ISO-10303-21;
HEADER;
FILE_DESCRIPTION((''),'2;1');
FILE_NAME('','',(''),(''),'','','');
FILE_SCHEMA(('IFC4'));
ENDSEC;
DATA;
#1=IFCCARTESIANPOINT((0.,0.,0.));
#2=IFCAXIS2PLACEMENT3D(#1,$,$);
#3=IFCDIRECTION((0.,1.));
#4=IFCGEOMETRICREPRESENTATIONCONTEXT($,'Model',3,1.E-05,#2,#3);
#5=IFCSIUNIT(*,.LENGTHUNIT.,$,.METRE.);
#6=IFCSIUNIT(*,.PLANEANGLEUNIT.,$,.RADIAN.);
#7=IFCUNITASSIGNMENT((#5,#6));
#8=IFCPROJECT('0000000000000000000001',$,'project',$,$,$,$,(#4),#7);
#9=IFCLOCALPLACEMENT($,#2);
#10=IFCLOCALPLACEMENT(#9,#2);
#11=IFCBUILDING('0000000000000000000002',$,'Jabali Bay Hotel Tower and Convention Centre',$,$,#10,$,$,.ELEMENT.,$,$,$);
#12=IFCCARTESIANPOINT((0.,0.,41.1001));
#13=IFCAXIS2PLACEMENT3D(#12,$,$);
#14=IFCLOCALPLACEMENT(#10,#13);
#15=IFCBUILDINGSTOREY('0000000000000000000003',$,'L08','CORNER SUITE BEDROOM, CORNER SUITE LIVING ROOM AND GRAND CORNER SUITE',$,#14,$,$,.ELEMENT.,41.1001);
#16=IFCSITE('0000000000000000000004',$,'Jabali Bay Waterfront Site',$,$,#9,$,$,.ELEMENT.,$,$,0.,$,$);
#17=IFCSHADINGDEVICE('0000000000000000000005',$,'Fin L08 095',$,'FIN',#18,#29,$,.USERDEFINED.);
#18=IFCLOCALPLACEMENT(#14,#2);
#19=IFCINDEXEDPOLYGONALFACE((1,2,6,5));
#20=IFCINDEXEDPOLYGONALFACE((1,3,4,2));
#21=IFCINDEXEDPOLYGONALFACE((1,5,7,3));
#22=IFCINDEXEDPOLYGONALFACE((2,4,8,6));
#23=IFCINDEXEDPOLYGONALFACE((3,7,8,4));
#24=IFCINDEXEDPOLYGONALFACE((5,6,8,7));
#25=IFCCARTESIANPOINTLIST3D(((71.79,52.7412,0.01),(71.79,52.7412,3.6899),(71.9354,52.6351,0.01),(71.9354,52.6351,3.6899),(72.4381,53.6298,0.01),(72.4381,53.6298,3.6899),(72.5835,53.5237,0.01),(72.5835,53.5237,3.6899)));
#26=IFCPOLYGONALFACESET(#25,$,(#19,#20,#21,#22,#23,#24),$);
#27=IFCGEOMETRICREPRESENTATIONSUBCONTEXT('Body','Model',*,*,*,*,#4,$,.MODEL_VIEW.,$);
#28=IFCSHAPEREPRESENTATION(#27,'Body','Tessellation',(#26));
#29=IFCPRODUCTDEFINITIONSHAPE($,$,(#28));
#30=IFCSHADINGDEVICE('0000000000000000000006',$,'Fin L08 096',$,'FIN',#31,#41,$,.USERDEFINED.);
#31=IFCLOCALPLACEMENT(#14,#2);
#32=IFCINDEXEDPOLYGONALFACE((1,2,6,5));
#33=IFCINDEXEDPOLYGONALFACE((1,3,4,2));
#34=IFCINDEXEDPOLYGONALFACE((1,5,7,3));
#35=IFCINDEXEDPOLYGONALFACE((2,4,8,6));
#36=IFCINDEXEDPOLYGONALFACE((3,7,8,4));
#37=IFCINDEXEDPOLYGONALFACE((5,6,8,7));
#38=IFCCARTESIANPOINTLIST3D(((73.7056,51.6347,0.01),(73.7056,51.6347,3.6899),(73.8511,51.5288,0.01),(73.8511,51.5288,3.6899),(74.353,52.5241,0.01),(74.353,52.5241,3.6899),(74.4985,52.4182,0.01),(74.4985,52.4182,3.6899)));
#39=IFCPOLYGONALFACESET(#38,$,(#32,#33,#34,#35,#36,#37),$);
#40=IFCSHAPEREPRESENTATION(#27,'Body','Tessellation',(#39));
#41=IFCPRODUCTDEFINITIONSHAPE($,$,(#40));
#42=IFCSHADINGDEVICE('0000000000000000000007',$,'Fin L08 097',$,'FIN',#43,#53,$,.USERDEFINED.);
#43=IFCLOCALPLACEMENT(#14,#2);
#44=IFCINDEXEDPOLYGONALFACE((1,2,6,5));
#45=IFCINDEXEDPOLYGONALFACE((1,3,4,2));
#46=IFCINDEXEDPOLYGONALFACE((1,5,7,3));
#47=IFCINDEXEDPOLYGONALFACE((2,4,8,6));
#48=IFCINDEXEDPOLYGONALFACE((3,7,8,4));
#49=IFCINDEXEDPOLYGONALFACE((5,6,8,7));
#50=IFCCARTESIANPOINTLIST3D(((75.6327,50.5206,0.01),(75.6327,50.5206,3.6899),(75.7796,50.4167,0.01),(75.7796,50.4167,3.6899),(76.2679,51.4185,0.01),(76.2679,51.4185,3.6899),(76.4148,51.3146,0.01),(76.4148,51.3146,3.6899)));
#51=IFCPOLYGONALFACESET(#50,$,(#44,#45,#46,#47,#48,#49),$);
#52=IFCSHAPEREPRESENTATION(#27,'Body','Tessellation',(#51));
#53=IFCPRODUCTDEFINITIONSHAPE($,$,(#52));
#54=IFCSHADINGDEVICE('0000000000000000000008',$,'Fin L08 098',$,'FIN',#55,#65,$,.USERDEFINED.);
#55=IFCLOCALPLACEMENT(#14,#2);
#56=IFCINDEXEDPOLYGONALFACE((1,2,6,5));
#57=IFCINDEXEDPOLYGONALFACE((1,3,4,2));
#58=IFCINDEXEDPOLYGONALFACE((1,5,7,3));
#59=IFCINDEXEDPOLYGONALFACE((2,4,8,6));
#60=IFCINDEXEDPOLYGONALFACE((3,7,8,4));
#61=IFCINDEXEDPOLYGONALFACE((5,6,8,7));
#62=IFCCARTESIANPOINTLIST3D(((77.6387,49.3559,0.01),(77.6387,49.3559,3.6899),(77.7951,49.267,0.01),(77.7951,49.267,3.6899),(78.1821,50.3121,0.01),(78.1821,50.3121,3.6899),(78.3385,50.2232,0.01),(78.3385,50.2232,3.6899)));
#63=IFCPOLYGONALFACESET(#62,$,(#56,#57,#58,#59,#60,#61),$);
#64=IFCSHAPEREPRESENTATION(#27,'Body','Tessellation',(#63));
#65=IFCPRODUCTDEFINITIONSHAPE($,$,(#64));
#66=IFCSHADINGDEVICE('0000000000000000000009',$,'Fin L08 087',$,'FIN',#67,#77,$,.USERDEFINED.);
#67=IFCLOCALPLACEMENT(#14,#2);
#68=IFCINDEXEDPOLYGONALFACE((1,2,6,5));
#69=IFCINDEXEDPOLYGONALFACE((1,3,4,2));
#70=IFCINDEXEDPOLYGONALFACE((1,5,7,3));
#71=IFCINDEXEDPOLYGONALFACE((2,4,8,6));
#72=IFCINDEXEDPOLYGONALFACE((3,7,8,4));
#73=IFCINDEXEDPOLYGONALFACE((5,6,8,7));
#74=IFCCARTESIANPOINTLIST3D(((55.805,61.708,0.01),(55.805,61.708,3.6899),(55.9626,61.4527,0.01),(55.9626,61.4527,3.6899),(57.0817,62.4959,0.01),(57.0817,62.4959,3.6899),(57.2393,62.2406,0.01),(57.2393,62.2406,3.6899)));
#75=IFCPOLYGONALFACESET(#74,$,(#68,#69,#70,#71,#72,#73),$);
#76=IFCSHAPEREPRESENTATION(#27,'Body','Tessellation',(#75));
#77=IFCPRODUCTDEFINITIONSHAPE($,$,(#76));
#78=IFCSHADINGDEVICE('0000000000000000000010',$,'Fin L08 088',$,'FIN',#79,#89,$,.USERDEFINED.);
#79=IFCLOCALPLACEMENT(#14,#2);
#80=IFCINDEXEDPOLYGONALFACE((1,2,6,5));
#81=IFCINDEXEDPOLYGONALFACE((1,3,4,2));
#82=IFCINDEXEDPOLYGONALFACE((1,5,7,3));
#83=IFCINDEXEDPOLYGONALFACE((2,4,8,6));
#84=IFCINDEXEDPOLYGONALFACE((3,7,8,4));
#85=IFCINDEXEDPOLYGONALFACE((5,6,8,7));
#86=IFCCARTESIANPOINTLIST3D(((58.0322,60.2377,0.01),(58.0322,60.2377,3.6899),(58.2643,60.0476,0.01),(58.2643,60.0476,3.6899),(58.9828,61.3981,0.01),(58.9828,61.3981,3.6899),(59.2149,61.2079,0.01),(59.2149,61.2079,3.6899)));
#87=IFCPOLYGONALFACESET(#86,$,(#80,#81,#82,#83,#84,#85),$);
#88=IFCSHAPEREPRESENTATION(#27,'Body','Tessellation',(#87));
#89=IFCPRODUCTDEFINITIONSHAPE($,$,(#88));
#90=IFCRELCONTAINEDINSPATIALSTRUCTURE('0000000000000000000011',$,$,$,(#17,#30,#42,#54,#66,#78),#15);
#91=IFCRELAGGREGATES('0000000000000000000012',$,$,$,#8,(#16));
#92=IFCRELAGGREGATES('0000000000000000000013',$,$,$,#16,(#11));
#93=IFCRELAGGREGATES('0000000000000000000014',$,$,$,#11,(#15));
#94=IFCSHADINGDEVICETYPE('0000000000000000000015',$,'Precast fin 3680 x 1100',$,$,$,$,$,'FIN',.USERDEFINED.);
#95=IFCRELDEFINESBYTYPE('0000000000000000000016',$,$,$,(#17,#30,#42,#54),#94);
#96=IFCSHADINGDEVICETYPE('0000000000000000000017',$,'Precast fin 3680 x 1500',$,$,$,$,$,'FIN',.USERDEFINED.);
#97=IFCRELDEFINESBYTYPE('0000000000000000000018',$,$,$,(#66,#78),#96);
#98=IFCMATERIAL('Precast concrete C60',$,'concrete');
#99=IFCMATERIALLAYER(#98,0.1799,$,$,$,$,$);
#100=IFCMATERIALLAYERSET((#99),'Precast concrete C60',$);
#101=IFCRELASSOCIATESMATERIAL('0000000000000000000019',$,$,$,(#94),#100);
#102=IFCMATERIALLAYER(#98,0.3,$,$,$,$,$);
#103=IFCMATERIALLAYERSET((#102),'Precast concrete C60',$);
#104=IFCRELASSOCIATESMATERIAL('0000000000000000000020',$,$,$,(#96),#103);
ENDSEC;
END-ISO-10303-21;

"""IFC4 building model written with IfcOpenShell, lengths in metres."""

from ifc_helpers import new_model, si_unit, direction, frame, frame_2d, origin, place, context, subcontext, project, spatial, rectangle, extrude, material, layer, layer_set, type_object, element, save


model = new_model("IFC4")

# Units and contexts
model_context = context("Model", 3, precision=1e-05, world=origin(), true_north=direction((0.0, 1.0)))
body_context = subcontext(model_context, "Body", "Model", "MODEL_VIEW")
ifc_project = project(units=[si_unit("LENGTHUNIT", "METRE"), si_unit("PLANEANGLEUNIT", "RADIAN")], contexts=[model_context])

# Site, building, storey
site_placement = place(None, origin())
site = spatial("IfcSite", under=ifc_project, at=site_placement, Name="Jabali Bay Waterfront Site", CompositionType="ELEMENT", RefElevation=0.0)
building_placement = place(site_placement, origin())
building = spatial("IfcBuilding", under=site, at=building_placement, Name="Jabali Bay Hotel Tower and Convention Centre", CompositionType="ELEMENT")
storey_placement = place(building_placement, frame((0.0, 0.0, 41.1001)))
storey = spatial("IfcBuildingStorey", under=building, at=storey_placement, Name="L08", Description="CORNER SUITE BEDROOM, CORNER SUITE LIVING ROOM AND GRAND CORNER SUITE", CompositionType="ELEMENT", Elevation=41.1001)

# Shading devices
ifc_material_1 = material(Name="Precast concrete C60", Category="concrete")
ifc_layer_1 = layer(ifc_material_1, 0.1799)
ifc_layer_set_1 = layer_set([ifc_layer_1], Name="Precast concrete C60")
shading_device_type_1 = type_object("IfcShadingDeviceType", Name="Precast fin 3680 x 1100", ElementType="FIN", PredefinedType="USERDEFINED", material=ifc_layer_set_1)
shading_device_1_placement = place(storey_placement, frame((72.5107, 53.5767, 0.01), z_axis=(0.0, 0.0, 1.0), x_axis=(-0.589293, -0.807919, 0.0)))
element("IfcShadingDevice", 1, at=shading_device_1_placement, inside=storey, type_object=shading_device_type_1, Name="Fin L08 095", ObjectType="FIN", PredefinedType="USERDEFINED", context=body_context, shape_type="SweptSolid", body=[
    extrude(rectangle(XDim=1.0999, YDim=0.1799, at=frame_2d((0.5498, 0.0))), origin(), (0.0, 0.0, 1.0), 3.6799),
])
shading_device_2_placement = place(storey_placement, frame((74.4258, 52.4712, 0.01), z_axis=(0.0, 0.0, 1.0), x_axis=(-0.588541, -0.808467, 0.0)))
element("IfcShadingDevice", 2, at=shading_device_2_placement, inside=storey, type_object=shading_device_type_1, Name="Fin L08 096", ObjectType="FIN", PredefinedType="USERDEFINED", context=body_context, shape_type="SweptSolid", body=[
    extrude(rectangle(XDim=1.1001, YDim=0.1799, at=frame_2d((0.55, 0.0))), origin(), (0.0, 0.0, 1.0), 3.6799),
])
for number, where, z_axis, x_axis, name in (
    (3, (76.3413, 51.3665, 0.01), (0.0, 0.0, 1.0), (-0.577537, -0.816365, 0.0), "Fin L08 097"),
    (4, (78.2603, 50.2676, 0.01), (0.0, 0.0, 1.0), (-0.494082, -0.869415, 0.0), "Fin L08 098"),
):
    element("IfcShadingDevice", number, at=place(storey_placement, frame(where, z_axis=z_axis, x_axis=x_axis)), inside=storey, type_object=shading_device_type_1, Name=name, ObjectType="FIN", PredefinedType="USERDEFINED", context=body_context, shape_type="SweptSolid", body=[
        extrude(rectangle(XDim=1.0999, YDim=0.1799, at=frame_2d((0.5498, 0.0))), origin(), (0.0, 0.0, 1.0), 3.6799),
    ])
ifc_layer_2 = layer(ifc_material_1, 0.3)
ifc_layer_set_2 = layer_set([ifc_layer_2], Name="Precast concrete C60")
shading_device_type_2 = type_object("IfcShadingDeviceType", Name="Precast fin 3680 x 1500", ElementType="FIN", PredefinedType="USERDEFINED", material=ifc_layer_set_2)
shading_device_3_placement = place(storey_placement, frame((57.1604, 62.3682, 0.01), z_axis=(0.0, 0.0, 1.0), x_axis=(-0.850993, -0.525178, 0.0)))
element("IfcShadingDevice", 5, at=shading_device_3_placement, inside=storey, type_object=shading_device_type_2, Name="Fin L08 087", ObjectType="FIN", PredefinedType="USERDEFINED", context=body_context, shape_type="SweptSolid", body=[
    extrude(rectangle(XDim=1.5002, YDim=0.3, at=frame_2d((0.75, 0.0))), origin(), (0.0, 0.0, 1.0), 3.6799),
])
shading_device_4_placement = place(storey_placement, frame((59.0989, 61.303, 0.01), z_axis=(0.0, 0.0, 1.0), x_axis=(-0.633743, -0.773544, 0.0)))
element("IfcShadingDevice", 6, at=shading_device_4_placement, inside=storey, type_object=shading_device_type_2, Name="Fin L08 088", ObjectType="FIN", PredefinedType="USERDEFINED", context=body_context, shape_type="SweptSolid", body=[
    extrude(rectangle(XDim=1.5, YDim=0.3, at=frame_2d((0.75, 0.0))), origin(), (0.0, 0.0, 1.0), 3.6799),
])

save(model, "model.ifc")
